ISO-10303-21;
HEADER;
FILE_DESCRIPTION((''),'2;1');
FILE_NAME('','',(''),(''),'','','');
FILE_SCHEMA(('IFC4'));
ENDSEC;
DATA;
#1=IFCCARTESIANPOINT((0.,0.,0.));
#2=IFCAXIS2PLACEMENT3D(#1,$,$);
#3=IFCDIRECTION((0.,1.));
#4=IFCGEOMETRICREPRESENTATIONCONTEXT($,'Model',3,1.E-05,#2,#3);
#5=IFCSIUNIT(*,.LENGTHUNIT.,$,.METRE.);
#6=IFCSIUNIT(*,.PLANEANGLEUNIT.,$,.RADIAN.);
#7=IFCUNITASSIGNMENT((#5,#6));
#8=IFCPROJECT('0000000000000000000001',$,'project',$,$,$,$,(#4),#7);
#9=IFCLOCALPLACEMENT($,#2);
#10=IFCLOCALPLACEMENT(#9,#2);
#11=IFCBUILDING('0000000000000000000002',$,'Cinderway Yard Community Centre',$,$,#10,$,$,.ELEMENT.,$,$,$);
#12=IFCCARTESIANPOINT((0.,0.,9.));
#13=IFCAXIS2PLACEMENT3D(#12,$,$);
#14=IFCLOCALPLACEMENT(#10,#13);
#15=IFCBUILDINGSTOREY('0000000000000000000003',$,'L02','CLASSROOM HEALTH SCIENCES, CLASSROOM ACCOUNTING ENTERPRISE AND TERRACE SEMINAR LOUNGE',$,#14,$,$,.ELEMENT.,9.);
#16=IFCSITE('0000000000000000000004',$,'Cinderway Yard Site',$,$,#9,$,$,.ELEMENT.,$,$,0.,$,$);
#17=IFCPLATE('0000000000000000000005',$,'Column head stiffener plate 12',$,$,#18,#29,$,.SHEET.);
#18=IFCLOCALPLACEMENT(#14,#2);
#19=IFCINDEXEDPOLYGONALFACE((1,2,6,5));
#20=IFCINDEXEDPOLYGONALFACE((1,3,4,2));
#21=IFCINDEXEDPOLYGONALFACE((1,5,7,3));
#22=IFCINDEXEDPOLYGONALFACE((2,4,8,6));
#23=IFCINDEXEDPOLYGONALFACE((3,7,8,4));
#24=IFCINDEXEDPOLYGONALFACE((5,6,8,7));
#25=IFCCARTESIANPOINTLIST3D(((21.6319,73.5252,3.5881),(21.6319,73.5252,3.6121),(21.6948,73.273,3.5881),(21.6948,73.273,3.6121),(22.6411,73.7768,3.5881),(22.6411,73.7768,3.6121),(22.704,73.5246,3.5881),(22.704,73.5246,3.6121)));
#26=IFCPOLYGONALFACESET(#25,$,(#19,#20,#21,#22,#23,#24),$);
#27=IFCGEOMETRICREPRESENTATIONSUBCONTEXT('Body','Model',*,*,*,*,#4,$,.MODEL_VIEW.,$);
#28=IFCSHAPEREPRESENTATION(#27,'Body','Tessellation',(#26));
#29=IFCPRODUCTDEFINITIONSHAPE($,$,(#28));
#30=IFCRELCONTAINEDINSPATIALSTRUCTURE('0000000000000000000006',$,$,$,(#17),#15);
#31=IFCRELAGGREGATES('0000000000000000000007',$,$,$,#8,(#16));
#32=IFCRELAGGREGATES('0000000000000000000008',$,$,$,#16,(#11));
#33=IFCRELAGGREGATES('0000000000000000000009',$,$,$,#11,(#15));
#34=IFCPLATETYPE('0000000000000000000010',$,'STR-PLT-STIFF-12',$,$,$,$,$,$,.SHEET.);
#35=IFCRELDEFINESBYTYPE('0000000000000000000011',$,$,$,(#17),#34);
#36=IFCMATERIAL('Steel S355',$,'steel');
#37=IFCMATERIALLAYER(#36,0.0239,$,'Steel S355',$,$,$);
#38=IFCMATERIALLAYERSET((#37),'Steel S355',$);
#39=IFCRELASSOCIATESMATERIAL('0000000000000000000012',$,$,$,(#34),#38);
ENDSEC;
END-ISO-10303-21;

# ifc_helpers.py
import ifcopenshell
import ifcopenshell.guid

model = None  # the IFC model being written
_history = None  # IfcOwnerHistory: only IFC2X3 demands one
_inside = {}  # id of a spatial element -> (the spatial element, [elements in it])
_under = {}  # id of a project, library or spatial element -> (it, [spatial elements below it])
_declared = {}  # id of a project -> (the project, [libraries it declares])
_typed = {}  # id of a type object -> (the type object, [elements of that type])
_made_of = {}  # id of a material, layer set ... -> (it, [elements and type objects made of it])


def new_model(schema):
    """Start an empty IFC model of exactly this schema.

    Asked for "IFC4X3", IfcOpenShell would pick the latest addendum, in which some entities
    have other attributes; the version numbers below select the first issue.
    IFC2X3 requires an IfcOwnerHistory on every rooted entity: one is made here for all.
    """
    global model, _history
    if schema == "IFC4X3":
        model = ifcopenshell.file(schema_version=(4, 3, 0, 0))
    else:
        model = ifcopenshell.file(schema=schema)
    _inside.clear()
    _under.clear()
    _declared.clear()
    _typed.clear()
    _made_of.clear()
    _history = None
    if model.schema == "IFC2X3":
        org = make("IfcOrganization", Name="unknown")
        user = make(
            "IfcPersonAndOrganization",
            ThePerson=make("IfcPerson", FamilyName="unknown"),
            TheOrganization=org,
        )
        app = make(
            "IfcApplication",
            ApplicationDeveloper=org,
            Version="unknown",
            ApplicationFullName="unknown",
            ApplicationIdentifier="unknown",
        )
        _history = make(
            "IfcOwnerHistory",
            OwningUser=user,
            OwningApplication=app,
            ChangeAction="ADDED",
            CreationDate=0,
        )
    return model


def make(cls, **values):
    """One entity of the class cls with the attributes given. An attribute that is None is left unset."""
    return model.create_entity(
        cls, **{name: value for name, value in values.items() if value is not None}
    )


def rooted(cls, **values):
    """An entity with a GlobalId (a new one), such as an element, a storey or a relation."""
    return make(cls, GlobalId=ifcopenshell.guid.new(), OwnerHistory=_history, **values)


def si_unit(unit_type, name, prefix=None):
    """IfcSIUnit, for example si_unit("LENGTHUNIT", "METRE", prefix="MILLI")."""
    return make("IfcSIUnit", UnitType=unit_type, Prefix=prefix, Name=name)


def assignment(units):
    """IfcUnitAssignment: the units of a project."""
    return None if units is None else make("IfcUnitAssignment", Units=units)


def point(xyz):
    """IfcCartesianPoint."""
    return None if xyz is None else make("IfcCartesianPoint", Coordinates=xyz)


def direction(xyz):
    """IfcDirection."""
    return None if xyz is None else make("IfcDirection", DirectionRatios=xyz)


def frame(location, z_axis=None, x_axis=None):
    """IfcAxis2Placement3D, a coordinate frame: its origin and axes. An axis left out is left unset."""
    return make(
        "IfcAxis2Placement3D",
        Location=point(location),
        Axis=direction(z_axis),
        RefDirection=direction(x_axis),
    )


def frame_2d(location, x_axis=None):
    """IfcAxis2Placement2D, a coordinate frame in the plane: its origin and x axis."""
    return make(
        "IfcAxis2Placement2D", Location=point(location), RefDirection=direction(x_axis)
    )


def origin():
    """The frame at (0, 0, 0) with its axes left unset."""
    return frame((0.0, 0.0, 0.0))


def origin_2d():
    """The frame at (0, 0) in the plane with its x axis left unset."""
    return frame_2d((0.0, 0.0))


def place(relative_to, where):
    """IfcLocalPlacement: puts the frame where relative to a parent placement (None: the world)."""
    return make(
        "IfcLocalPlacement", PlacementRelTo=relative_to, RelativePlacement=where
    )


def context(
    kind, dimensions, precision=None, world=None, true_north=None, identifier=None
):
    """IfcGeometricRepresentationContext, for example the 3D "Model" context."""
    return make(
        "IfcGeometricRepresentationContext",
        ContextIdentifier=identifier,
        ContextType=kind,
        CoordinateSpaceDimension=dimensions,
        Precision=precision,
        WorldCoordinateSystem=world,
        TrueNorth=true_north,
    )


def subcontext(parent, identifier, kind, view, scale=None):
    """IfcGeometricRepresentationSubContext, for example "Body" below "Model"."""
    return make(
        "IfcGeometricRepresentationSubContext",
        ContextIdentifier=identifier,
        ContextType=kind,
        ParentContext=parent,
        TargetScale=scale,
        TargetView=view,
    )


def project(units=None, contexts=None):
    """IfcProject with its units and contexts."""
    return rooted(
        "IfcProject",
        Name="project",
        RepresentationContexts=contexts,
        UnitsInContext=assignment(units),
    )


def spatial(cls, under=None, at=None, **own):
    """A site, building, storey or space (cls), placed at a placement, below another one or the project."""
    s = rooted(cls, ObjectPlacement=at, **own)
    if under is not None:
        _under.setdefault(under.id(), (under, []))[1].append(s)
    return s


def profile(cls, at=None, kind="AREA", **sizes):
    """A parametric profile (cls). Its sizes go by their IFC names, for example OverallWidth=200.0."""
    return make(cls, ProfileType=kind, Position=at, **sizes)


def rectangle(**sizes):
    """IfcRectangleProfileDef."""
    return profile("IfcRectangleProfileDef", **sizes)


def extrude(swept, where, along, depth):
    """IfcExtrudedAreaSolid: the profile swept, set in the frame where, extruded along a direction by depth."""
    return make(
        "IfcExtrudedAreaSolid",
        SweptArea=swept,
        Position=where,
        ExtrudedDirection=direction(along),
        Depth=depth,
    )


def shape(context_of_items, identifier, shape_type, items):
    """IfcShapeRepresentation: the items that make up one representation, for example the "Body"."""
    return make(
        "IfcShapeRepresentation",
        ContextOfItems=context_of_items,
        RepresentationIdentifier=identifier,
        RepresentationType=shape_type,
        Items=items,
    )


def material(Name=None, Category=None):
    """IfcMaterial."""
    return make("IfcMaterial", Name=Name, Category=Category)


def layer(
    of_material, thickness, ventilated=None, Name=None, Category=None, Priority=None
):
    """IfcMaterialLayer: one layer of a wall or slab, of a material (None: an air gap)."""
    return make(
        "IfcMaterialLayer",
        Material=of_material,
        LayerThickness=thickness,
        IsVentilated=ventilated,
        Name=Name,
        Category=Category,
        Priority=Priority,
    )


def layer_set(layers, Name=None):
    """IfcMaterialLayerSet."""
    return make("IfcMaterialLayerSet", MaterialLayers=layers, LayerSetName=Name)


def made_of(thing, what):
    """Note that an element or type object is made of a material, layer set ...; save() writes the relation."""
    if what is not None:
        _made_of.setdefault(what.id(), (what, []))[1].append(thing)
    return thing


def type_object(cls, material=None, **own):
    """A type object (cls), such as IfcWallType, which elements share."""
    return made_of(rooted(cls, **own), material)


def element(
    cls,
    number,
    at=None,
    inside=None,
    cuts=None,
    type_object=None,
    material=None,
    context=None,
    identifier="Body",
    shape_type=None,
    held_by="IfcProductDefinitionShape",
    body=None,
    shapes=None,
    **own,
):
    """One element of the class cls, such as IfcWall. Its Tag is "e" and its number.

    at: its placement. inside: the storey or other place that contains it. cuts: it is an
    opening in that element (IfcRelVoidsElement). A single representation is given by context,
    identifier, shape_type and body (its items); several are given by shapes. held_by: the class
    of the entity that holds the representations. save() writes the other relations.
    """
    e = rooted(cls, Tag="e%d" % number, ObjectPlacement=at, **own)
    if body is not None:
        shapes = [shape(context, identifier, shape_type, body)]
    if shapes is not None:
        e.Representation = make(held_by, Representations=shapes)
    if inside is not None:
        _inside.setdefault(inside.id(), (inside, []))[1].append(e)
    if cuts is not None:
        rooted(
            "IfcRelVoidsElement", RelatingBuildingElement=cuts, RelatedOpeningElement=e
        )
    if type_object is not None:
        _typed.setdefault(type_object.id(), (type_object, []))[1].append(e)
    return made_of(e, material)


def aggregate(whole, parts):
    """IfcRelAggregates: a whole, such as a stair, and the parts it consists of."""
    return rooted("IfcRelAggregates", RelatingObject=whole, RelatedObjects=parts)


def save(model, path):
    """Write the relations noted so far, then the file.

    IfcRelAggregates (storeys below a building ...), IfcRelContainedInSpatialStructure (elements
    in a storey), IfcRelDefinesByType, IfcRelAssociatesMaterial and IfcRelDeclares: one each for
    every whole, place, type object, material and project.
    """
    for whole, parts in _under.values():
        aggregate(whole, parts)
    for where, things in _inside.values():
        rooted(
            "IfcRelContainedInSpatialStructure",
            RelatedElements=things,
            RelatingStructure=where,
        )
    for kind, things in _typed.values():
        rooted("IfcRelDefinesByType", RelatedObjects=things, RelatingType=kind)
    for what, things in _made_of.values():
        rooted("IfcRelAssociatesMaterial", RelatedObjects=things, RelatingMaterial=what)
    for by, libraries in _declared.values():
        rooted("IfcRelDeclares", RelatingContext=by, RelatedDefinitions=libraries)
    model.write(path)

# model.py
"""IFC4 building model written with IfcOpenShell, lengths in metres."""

from ifc_helpers import new_model, si_unit, direction, frame, origin, origin_2d, place, context, subcontext, project, spatial, rectangle, extrude, material, layer, layer_set, type_object, element, save


model = new_model("IFC4")

# Units and contexts
model_context = context("Model", 3, precision=1e-05, world=origin(), true_north=direction((0.0, 1.0)))
body_context = subcontext(model_context, "Body", "Model", "MODEL_VIEW")
ifc_project = project(units=[si_unit("LENGTHUNIT", "METRE"), si_unit("PLANEANGLEUNIT", "RADIAN")], contexts=[model_context])

# Site, building, storey
site_placement = place(None, origin())
site = spatial("IfcSite", under=ifc_project, at=site_placement, Name="Cinderway Yard Site", CompositionType="ELEMENT", RefElevation=0.0)
building_placement = place(site_placement, origin())
building = spatial("IfcBuilding", under=site, at=building_placement, Name="Cinderway Yard Community Centre", CompositionType="ELEMENT")
storey_placement = place(building_placement, frame((0.0, 0.0, 9.0)))
storey = spatial("IfcBuildingStorey", under=building, at=storey_placement, Name="L02", Description="CLASSROOM HEALTH SCIENCES, CLASSROOM ACCOUNTING ENTERPRISE AND TERRACE SEMINAR LOUNGE", CompositionType="ELEMENT", Elevation=9.0)

# Plate
ifc_material_1 = material(Name="Steel S355", Category="steel")
ifc_layer_1 = layer(ifc_material_1, 0.0239, Name="Steel S355")
ifc_layer_set_1 = layer_set([ifc_layer_1], Name="Steel S355")
plate_type_1 = type_object("IfcPlateType", Name="STR-PLT-STIFF-12", PredefinedType="SHEET", material=ifc_layer_set_1)
plate_1_placement = place(storey_placement, frame((22.168, 73.5249, 3.5881), z_axis=(0.0, 0.0, 1.0), x_axis=(0.970296, 0.241922, 0.0)))
element("IfcPlate", 1, at=plate_1_placement, inside=storey, type_object=plate_type_1, Name="Column head stiffener plate 12", PredefinedType="SHEET", context=body_context, shape_type="SweptSolid", body=[
    extrude(rectangle(XDim=1.04, YDim=0.26, at=origin_2d()), origin(), (0.0, 0.0, 1.0), 0.0239),
])

save(model, "model.ifc")
